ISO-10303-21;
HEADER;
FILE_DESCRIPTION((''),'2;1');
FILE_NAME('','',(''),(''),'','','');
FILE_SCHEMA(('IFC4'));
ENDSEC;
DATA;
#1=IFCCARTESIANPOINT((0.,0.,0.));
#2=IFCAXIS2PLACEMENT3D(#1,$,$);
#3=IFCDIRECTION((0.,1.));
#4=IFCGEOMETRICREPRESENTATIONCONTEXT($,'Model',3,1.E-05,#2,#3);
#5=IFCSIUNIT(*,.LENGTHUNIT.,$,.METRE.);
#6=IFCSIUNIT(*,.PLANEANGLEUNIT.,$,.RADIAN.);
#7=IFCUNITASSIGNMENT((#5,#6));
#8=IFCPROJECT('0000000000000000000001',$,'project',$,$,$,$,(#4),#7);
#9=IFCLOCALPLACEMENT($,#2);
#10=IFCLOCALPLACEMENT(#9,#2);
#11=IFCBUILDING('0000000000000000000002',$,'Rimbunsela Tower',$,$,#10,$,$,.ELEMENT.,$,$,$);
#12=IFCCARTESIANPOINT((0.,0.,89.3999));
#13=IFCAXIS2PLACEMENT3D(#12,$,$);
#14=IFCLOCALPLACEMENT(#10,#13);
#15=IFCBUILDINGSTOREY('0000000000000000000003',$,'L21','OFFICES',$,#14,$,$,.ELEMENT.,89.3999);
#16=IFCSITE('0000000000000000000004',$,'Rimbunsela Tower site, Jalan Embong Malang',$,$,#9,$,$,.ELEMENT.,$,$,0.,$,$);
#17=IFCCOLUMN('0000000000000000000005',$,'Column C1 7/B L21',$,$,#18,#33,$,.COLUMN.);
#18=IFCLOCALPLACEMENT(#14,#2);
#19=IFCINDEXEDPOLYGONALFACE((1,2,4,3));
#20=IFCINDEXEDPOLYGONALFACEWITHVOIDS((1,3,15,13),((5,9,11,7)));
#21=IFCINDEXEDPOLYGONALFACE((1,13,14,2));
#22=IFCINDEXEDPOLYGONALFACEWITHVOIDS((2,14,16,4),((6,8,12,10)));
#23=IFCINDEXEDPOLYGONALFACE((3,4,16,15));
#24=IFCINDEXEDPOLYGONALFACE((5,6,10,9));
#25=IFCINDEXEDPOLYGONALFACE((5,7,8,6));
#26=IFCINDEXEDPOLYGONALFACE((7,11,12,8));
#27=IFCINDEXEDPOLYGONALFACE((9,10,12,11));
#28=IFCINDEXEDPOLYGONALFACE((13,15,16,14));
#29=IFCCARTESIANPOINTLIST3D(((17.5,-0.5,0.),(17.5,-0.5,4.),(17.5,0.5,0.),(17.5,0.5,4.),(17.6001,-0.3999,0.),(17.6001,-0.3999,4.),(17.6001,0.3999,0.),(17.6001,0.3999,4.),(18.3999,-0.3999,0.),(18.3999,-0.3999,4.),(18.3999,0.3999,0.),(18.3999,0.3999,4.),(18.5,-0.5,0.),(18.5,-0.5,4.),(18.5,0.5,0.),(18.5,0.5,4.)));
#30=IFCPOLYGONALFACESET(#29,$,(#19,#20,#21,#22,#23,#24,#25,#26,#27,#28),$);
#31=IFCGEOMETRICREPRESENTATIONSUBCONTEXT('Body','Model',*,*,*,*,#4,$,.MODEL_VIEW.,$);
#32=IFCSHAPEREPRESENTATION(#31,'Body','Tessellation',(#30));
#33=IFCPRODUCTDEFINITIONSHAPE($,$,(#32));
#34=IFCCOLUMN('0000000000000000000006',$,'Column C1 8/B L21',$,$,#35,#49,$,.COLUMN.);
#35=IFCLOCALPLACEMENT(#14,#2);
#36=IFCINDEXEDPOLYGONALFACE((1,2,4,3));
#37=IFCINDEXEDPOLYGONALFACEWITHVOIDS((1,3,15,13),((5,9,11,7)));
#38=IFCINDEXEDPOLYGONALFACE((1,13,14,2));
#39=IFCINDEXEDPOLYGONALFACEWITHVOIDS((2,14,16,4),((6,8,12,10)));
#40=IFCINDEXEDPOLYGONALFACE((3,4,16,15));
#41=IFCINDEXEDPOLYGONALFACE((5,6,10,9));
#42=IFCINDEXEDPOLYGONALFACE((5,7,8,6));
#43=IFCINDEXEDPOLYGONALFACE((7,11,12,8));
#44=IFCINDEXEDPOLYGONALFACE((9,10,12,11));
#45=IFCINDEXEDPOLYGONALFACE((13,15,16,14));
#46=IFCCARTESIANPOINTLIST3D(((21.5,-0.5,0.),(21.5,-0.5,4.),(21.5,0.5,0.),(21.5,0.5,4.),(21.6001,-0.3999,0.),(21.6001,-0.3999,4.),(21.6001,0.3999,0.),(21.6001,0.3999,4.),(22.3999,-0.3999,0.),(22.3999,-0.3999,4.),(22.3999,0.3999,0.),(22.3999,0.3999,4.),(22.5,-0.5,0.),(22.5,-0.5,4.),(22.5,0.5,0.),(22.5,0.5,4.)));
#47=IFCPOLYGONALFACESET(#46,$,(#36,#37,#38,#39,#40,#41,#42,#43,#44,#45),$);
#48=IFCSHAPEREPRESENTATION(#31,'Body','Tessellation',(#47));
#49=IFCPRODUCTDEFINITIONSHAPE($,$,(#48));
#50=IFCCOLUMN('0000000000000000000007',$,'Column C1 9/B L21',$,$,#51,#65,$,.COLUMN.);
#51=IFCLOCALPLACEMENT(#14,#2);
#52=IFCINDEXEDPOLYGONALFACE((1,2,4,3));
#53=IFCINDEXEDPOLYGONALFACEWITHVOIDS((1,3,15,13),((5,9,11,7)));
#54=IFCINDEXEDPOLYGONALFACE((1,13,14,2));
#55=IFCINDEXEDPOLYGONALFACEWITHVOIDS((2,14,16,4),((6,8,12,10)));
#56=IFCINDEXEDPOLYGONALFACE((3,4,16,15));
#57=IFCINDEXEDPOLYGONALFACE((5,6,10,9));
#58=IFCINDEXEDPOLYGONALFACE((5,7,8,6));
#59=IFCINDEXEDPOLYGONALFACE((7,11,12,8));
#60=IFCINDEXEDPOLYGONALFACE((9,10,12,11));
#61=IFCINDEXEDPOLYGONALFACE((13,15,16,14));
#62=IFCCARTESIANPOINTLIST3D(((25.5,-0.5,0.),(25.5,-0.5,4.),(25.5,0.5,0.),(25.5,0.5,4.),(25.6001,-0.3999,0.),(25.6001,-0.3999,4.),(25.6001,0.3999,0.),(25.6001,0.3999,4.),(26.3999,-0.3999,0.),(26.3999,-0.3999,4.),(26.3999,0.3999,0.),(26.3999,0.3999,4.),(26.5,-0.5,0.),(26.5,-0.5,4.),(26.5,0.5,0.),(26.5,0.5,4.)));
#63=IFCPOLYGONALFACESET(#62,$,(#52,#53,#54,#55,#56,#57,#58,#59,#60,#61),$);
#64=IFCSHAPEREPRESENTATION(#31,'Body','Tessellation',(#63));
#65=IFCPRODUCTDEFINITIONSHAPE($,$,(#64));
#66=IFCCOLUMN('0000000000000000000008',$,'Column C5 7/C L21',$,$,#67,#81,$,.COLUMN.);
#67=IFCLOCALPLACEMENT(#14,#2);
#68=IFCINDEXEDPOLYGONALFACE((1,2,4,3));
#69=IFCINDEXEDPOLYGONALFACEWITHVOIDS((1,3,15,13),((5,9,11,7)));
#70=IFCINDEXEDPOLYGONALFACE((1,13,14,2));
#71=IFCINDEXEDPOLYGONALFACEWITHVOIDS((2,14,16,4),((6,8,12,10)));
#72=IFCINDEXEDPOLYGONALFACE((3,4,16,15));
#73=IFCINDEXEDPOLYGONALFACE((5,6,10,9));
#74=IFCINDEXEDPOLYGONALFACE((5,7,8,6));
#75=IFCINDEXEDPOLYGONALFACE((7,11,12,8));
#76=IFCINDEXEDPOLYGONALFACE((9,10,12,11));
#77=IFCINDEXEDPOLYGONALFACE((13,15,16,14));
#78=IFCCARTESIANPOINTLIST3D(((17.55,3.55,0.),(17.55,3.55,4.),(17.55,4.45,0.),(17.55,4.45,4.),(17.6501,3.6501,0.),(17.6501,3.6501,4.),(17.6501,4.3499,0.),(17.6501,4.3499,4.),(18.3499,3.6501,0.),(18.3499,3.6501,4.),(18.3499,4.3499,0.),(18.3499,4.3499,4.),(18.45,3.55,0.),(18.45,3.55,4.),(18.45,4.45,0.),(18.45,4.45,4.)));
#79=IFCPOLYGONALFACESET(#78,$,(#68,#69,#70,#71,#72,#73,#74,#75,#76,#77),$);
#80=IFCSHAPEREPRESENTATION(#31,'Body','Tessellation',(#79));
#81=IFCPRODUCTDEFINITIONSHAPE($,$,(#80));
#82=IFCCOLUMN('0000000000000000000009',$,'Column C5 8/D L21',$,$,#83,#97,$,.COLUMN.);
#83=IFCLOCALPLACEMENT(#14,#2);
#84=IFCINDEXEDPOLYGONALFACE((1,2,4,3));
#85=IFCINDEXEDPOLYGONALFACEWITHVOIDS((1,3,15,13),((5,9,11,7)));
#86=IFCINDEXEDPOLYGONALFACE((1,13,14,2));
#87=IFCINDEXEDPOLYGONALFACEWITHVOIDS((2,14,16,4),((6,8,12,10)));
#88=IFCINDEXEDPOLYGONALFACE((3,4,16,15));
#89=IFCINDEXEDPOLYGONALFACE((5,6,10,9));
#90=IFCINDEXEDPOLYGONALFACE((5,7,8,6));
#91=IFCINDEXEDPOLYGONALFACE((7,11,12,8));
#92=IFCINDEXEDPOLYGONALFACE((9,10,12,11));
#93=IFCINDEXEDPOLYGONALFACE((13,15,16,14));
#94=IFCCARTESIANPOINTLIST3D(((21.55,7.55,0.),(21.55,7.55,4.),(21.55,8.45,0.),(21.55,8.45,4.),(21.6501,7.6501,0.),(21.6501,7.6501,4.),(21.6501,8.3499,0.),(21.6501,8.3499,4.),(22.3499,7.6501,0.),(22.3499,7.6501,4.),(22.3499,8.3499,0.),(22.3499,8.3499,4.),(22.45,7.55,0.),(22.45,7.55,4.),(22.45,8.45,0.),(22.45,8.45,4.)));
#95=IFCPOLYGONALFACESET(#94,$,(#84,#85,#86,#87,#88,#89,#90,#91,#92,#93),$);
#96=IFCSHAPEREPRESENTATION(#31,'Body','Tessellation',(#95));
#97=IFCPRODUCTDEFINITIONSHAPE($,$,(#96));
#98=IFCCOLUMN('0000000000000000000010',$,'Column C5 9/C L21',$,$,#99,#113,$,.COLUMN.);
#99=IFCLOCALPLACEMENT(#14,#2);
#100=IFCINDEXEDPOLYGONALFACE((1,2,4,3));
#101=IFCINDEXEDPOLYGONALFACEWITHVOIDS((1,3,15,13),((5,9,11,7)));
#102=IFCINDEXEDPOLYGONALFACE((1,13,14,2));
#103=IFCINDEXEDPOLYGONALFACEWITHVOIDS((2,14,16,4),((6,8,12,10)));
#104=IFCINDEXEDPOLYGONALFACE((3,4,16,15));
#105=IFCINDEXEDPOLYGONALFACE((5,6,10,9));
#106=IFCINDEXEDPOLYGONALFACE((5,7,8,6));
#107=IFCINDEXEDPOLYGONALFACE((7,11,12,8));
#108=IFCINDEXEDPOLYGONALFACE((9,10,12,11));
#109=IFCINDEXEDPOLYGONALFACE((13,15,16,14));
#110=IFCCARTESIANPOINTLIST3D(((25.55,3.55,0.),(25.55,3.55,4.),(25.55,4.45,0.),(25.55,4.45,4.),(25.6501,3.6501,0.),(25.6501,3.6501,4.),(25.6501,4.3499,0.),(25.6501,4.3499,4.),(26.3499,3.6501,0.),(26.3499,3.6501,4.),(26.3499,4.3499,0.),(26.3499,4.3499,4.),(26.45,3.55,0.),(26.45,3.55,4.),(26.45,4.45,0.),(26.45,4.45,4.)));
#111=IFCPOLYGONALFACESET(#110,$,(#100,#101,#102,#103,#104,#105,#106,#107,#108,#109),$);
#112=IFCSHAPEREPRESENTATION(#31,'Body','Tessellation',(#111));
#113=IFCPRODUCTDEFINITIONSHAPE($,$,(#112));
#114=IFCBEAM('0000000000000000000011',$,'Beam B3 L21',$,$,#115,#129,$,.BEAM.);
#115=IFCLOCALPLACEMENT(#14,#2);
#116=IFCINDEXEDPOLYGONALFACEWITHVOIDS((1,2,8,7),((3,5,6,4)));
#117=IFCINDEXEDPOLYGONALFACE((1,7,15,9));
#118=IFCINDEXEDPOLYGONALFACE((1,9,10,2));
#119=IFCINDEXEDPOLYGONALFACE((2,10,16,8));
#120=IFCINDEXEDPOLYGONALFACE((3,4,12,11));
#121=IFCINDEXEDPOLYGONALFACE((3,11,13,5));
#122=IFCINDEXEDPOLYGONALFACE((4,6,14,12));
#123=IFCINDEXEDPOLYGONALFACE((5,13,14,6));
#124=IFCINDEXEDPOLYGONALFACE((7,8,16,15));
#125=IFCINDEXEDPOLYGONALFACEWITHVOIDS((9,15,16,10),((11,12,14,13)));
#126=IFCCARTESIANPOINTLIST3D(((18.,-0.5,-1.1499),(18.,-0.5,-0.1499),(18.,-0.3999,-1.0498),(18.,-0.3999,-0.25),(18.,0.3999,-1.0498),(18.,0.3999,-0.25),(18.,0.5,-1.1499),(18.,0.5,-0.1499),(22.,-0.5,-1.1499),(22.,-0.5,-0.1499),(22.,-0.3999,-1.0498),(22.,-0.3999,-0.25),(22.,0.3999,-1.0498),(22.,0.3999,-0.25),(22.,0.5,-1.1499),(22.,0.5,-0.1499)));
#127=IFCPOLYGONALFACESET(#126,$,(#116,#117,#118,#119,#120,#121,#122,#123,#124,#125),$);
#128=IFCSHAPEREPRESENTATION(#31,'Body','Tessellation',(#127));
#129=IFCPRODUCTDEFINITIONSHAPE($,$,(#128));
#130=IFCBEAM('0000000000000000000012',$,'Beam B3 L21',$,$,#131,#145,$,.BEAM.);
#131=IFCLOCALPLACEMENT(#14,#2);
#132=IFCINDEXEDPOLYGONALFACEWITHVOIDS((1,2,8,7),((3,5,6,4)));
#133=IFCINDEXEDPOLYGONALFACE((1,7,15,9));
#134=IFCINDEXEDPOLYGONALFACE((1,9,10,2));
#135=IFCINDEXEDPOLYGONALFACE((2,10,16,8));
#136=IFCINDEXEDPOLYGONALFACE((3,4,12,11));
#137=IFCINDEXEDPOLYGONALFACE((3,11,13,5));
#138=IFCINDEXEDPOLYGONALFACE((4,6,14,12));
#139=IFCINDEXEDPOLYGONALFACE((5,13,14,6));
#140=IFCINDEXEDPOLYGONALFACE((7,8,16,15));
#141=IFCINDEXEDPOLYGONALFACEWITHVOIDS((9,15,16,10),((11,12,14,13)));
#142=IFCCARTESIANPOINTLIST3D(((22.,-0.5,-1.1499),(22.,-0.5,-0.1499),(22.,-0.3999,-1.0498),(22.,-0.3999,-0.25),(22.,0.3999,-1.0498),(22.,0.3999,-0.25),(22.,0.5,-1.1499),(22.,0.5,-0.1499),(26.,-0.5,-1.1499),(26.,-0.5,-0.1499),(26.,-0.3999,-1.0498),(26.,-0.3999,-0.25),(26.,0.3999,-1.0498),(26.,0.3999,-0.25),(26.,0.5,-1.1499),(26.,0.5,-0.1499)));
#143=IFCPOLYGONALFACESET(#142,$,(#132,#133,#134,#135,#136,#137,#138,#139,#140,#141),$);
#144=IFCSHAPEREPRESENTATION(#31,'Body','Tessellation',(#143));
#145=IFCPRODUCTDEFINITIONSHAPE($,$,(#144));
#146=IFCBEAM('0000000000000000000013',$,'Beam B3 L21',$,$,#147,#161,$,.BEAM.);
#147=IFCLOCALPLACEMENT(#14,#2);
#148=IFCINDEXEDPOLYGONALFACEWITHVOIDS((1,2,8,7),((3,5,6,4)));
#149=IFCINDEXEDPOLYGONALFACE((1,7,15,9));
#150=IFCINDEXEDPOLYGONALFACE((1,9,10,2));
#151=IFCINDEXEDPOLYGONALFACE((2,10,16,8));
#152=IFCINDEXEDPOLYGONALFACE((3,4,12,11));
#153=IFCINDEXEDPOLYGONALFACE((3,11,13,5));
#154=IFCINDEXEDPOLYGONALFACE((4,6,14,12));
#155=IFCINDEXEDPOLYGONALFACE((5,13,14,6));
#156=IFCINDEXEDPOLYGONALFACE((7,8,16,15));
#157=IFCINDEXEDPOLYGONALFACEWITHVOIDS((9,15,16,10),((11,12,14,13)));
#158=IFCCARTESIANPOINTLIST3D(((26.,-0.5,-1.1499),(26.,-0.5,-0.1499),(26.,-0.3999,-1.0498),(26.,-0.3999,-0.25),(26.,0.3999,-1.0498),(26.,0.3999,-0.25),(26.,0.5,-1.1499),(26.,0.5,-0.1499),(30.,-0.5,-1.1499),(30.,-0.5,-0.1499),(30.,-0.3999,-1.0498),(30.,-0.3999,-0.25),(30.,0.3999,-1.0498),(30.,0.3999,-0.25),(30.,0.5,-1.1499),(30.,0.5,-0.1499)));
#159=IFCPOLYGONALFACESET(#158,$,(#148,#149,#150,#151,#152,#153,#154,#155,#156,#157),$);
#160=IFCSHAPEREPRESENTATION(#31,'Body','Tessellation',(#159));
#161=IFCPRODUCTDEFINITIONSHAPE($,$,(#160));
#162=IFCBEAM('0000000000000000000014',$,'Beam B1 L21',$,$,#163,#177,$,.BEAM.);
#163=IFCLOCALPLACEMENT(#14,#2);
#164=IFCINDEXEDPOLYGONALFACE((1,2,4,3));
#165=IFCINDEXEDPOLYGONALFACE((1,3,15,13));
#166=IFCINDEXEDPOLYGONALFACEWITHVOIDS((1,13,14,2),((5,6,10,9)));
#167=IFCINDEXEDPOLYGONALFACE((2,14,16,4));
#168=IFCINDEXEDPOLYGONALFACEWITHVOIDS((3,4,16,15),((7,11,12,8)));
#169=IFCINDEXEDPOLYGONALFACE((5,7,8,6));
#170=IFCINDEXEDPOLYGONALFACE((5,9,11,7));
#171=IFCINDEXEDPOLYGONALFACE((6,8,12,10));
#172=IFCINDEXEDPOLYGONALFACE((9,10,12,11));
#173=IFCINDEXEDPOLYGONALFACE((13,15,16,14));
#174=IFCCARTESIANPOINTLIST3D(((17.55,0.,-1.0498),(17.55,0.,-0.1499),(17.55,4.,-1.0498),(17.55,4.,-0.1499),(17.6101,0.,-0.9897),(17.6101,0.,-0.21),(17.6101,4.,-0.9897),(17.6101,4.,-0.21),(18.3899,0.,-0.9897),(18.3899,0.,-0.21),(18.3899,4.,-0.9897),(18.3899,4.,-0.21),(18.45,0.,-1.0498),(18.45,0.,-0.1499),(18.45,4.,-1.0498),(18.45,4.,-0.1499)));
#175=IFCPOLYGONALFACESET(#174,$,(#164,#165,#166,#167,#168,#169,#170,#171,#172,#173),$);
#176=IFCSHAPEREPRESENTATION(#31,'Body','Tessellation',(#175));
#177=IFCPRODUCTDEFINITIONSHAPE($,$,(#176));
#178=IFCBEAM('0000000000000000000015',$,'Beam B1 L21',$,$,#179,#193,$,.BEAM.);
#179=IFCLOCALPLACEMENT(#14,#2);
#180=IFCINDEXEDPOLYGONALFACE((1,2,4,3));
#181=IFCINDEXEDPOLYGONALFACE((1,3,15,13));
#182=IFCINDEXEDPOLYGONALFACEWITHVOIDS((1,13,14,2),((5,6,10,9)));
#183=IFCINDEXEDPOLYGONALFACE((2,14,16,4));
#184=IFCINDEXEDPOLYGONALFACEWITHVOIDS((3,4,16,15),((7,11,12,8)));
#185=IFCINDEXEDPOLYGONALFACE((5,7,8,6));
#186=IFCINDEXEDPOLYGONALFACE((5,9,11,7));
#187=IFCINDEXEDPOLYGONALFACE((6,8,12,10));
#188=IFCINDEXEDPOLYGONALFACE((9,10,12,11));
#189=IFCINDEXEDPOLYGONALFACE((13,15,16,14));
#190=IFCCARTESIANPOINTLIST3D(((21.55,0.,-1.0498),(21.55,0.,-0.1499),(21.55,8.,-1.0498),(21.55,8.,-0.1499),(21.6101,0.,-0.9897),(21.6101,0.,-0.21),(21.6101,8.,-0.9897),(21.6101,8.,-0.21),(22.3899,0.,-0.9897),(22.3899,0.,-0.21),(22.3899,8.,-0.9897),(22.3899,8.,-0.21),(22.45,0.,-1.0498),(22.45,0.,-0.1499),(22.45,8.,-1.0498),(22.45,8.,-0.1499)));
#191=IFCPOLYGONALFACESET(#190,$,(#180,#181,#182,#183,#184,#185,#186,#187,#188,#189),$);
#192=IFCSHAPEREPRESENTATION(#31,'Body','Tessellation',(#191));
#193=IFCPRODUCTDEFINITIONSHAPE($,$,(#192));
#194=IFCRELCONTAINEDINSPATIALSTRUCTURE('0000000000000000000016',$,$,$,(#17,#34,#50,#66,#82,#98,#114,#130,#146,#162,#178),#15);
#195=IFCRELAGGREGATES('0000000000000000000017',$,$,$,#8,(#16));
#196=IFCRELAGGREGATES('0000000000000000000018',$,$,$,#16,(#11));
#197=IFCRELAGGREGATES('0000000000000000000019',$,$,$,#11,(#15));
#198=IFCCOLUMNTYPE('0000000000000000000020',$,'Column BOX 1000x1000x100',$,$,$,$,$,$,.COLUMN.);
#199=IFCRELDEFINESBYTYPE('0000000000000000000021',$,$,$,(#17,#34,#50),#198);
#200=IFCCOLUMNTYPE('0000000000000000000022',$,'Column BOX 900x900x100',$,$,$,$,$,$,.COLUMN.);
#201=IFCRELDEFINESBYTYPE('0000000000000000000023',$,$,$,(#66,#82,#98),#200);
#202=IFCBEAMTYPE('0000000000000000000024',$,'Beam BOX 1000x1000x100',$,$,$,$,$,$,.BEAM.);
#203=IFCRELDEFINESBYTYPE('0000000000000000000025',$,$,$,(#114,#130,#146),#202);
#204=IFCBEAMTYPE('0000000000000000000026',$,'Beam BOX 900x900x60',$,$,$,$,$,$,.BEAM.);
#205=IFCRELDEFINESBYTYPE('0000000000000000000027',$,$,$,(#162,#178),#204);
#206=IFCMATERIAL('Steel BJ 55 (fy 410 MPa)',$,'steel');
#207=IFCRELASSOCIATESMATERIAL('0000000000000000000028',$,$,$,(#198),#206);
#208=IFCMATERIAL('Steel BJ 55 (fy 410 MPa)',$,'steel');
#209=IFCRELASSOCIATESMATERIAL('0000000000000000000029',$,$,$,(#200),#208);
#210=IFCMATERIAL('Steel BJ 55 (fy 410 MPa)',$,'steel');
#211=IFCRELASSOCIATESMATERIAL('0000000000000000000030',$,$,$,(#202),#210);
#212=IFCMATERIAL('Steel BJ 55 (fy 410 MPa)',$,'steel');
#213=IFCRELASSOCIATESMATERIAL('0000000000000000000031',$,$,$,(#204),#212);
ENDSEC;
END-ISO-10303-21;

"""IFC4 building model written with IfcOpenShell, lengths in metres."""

from ifc_helpers import new_model, si_unit, direction, frame, origin, origin_2d, place, context, subcontext, project, spatial, hollow_rectangle, extrude, material, material_profile, profile_set, type_object, element, save


model = new_model("IFC4")

# Units and contexts
model_context = context("Model", 3, precision=1e-05, world=origin(), true_north=direction((0.0, 1.0)))
body_context = subcontext(model_context, "Body", "Model", "MODEL_VIEW")
ifc_project = project(units=[si_unit("LENGTHUNIT", "METRE"), si_unit("PLANEANGLEUNIT", "RADIAN")], contexts=[model_context])

# Site, building, storey
site_placement = place(None, origin())
site = spatial("IfcSite", under=ifc_project, at=site_placement, Name="Rimbunsela Tower site, Jalan Embong Malang", CompositionType="ELEMENT", RefElevation=0.0)
building_placement = place(site_placement, origin())
building = spatial("IfcBuilding", under=site, at=building_placement, Name="Rimbunsela Tower", CompositionType="ELEMENT")
storey_placement = place(building_placement, frame((0.0, 0.0, 89.3999)))
storey = spatial("IfcBuildingStorey", under=building, at=storey_placement, Name="L21", Description="OFFICES", CompositionType="ELEMENT", Elevation=89.3999)

# Columns
ifc_material_1 = material(Name="Steel BJ 55 (fy 410 MPa)", Category="steel")
ifc_material_profile_1 = material_profile(ifc_material_1, hollow_rectangle(XDim=1.0, YDim=1.0, WallThickness=0.1001, at=origin_2d()), Name="BOX 1000x1000x100")
ifc_profile_set_1 = profile_set([ifc_material_profile_1], Name="Steel BJ 55 (fy 410 MPa)")
column_type_1 = type_object("IfcColumnType", Name="Column BOX 1000x1000x100", PredefinedType="COLUMN", material=ifc_profile_set_1)
for number, where, z_axis, x_axis, name in (
    (1, (18.0, 0.0, 0.0), (0.0, 0.0, 1.0), (1.0, 0.0, 0.0), "Column C1 7/B L21"),
    (2, (22.0, 0.0, 0.0), (0.0, 0.0, 1.0), (1.0, 0.0, 0.0), "Column C1 8/B L21"),
    (3, (26.0, 0.0, 0.0), (0.0, 0.0, 1.0), (1.0, 0.0, 0.0), "Column C1 9/B L21"),
):
    element("IfcColumn", number, at=place(storey_placement, frame(where, z_axis=z_axis, x_axis=x_axis)), inside=storey, type_object=column_type_1, Name=name, PredefinedType="COLUMN", context=body_context, shape_type="SweptSolid", body=[
        extrude(hollow_rectangle(XDim=1.0, YDim=1.0, WallThickness=0.1001, at=origin_2d()), origin(), (0.0, 0.0, 1.0), 4.0),
    ])
ifc_material_2 = material(Name="Steel BJ 55 (fy 410 MPa)", Category="steel")
ifc_material_profile_2 = material_profile(ifc_material_2, hollow_rectangle(XDim=0.8999, YDim=0.8999, WallThickness=0.1001, at=origin_2d()), Name="BOX 900x900x100")
ifc_profile_set_2 = profile_set([ifc_material_profile_2], Name="Steel BJ 55 (fy 410 MPa)")
column_type_2 = type_object("IfcColumnType", Name="Column BOX 900x900x100", PredefinedType="COLUMN", material=ifc_profile_set_2)
for number, where, z_axis, x_axis, name in (
    (4, (18.0, 4.0, 0.0), (0.0, 0.0, 1.0), (1.0, 0.0, 0.0), "Column C5 7/C L21"),
    (5, (22.0, 8.0, 0.0), (0.0, 0.0, 1.0), (1.0, 0.0, 0.0), "Column C5 8/D L21"),
    (6, (26.0, 4.0, 0.0), (0.0, 0.0, 1.0), (1.0, 0.0, 0.0), "Column C5 9/C L21"),
):
    element("IfcColumn", number, at=place(storey_placement, frame(where, z_axis=z_axis, x_axis=x_axis)), inside=storey, type_object=column_type_2, Name=name, PredefinedType="COLUMN", context=body_context, shape_type="SweptSolid", body=[
        extrude(hollow_rectangle(XDim=0.8999, YDim=0.8999, WallThickness=0.1001, at=origin_2d()), origin(), (0.0, 0.0, 1.0), 4.0),
    ])

# Beams
ifc_material_3 = material(Name="Steel BJ 55 (fy 410 MPa)", Category="steel")
ifc_material_profile_3 = material_profile(ifc_material_3, hollow_rectangle(XDim=1.0, YDim=1.0, WallThickness=0.1001, at=origin_2d()), Name="BOX 1000x1000x100")
ifc_profile_set_3 = profile_set([ifc_material_profile_3], Name="Steel BJ 55 (fy 410 MPa)")
beam_type_1 = type_object("IfcBeamType", Name="Beam BOX 1000x1000x100", PredefinedType="BEAM", material=ifc_profile_set_3)
for number, where, z_axis, x_axis, name in (
    (7, (18.0, 0.0, -0.6499), (1.0, 0.0, 0.0), (0.0, 1.0, 0.0), "Beam B3 L21"),
    (8, (22.0, 0.0, -0.6499), (1.0, 0.0, 0.0), (0.0, 1.0, 0.0), "Beam B3 L21"),
    (9, (26.0, 0.0, -0.6499), (1.0, 0.0, 0.0), (0.0, 1.0, 0.0), "Beam B3 L21"),
):
    element("IfcBeam", number, at=place(storey_placement, frame(where, z_axis=z_axis, x_axis=x_axis)), inside=storey, type_object=beam_type_1, Name=name, PredefinedType="BEAM", context=body_context, shape_type="SweptSolid", body=[
        extrude(hollow_rectangle(XDim=1.0, YDim=1.0, WallThickness=0.1001, at=origin_2d()), origin(), (0.0, 0.0, 1.0), 4.0),
    ])
ifc_material_4 = material(Name="Steel BJ 55 (fy 410 MPa)", Category="steel")
ifc_material_profile_4 = material_profile(ifc_material_4, hollow_rectangle(XDim=0.8999, YDim=0.8999, WallThickness=0.0601, at=origin_2d()), Name="BOX 900x900x60")
ifc_profile_set_4 = profile_set([ifc_material_profile_4], Name="Steel BJ 55 (fy 410 MPa)")
beam_type_2 = type_object("IfcBeamType", Name="Beam BOX 900x900x60", PredefinedType="BEAM", material=ifc_profile_set_4)
beam_1_placement = place(storey_placement, frame((18.0, 0.0, -0.5999), z_axis=(0.0, 1.0, 0.0), x_axis=(-1.0, 0.0, 0.0)))
element("IfcBeam", 10, at=beam_1_placement, inside=storey, type_object=beam_type_2, Name="Beam B1 L21", PredefinedType="BEAM", context=body_context, shape_type="SweptSolid", body=[
    extrude(hollow_rectangle(XDim=0.8999, YDim=0.8999, WallThickness=0.0601, at=origin_2d()), origin(), (0.0, 0.0, 1.0), 4.0),
])
beam_2_placement = place(storey_placement, frame((22.0, 0.0, -0.5999), z_axis=(0.0, 1.0, 0.0), x_axis=(-1.0, 0.0, 0.0)))
element("IfcBeam", 11, at=beam_2_placement, inside=storey, type_object=beam_type_2, Name="Beam B1 L21", PredefinedType="BEAM", context=body_context, shape_type="SweptSolid", body=[
    extrude(hollow_rectangle(XDim=0.8999, YDim=0.8999, WallThickness=0.0601, at=origin_2d()), origin(), (0.0, 0.0, 1.0), 8.0),
])

save(model, "model.ifc")
